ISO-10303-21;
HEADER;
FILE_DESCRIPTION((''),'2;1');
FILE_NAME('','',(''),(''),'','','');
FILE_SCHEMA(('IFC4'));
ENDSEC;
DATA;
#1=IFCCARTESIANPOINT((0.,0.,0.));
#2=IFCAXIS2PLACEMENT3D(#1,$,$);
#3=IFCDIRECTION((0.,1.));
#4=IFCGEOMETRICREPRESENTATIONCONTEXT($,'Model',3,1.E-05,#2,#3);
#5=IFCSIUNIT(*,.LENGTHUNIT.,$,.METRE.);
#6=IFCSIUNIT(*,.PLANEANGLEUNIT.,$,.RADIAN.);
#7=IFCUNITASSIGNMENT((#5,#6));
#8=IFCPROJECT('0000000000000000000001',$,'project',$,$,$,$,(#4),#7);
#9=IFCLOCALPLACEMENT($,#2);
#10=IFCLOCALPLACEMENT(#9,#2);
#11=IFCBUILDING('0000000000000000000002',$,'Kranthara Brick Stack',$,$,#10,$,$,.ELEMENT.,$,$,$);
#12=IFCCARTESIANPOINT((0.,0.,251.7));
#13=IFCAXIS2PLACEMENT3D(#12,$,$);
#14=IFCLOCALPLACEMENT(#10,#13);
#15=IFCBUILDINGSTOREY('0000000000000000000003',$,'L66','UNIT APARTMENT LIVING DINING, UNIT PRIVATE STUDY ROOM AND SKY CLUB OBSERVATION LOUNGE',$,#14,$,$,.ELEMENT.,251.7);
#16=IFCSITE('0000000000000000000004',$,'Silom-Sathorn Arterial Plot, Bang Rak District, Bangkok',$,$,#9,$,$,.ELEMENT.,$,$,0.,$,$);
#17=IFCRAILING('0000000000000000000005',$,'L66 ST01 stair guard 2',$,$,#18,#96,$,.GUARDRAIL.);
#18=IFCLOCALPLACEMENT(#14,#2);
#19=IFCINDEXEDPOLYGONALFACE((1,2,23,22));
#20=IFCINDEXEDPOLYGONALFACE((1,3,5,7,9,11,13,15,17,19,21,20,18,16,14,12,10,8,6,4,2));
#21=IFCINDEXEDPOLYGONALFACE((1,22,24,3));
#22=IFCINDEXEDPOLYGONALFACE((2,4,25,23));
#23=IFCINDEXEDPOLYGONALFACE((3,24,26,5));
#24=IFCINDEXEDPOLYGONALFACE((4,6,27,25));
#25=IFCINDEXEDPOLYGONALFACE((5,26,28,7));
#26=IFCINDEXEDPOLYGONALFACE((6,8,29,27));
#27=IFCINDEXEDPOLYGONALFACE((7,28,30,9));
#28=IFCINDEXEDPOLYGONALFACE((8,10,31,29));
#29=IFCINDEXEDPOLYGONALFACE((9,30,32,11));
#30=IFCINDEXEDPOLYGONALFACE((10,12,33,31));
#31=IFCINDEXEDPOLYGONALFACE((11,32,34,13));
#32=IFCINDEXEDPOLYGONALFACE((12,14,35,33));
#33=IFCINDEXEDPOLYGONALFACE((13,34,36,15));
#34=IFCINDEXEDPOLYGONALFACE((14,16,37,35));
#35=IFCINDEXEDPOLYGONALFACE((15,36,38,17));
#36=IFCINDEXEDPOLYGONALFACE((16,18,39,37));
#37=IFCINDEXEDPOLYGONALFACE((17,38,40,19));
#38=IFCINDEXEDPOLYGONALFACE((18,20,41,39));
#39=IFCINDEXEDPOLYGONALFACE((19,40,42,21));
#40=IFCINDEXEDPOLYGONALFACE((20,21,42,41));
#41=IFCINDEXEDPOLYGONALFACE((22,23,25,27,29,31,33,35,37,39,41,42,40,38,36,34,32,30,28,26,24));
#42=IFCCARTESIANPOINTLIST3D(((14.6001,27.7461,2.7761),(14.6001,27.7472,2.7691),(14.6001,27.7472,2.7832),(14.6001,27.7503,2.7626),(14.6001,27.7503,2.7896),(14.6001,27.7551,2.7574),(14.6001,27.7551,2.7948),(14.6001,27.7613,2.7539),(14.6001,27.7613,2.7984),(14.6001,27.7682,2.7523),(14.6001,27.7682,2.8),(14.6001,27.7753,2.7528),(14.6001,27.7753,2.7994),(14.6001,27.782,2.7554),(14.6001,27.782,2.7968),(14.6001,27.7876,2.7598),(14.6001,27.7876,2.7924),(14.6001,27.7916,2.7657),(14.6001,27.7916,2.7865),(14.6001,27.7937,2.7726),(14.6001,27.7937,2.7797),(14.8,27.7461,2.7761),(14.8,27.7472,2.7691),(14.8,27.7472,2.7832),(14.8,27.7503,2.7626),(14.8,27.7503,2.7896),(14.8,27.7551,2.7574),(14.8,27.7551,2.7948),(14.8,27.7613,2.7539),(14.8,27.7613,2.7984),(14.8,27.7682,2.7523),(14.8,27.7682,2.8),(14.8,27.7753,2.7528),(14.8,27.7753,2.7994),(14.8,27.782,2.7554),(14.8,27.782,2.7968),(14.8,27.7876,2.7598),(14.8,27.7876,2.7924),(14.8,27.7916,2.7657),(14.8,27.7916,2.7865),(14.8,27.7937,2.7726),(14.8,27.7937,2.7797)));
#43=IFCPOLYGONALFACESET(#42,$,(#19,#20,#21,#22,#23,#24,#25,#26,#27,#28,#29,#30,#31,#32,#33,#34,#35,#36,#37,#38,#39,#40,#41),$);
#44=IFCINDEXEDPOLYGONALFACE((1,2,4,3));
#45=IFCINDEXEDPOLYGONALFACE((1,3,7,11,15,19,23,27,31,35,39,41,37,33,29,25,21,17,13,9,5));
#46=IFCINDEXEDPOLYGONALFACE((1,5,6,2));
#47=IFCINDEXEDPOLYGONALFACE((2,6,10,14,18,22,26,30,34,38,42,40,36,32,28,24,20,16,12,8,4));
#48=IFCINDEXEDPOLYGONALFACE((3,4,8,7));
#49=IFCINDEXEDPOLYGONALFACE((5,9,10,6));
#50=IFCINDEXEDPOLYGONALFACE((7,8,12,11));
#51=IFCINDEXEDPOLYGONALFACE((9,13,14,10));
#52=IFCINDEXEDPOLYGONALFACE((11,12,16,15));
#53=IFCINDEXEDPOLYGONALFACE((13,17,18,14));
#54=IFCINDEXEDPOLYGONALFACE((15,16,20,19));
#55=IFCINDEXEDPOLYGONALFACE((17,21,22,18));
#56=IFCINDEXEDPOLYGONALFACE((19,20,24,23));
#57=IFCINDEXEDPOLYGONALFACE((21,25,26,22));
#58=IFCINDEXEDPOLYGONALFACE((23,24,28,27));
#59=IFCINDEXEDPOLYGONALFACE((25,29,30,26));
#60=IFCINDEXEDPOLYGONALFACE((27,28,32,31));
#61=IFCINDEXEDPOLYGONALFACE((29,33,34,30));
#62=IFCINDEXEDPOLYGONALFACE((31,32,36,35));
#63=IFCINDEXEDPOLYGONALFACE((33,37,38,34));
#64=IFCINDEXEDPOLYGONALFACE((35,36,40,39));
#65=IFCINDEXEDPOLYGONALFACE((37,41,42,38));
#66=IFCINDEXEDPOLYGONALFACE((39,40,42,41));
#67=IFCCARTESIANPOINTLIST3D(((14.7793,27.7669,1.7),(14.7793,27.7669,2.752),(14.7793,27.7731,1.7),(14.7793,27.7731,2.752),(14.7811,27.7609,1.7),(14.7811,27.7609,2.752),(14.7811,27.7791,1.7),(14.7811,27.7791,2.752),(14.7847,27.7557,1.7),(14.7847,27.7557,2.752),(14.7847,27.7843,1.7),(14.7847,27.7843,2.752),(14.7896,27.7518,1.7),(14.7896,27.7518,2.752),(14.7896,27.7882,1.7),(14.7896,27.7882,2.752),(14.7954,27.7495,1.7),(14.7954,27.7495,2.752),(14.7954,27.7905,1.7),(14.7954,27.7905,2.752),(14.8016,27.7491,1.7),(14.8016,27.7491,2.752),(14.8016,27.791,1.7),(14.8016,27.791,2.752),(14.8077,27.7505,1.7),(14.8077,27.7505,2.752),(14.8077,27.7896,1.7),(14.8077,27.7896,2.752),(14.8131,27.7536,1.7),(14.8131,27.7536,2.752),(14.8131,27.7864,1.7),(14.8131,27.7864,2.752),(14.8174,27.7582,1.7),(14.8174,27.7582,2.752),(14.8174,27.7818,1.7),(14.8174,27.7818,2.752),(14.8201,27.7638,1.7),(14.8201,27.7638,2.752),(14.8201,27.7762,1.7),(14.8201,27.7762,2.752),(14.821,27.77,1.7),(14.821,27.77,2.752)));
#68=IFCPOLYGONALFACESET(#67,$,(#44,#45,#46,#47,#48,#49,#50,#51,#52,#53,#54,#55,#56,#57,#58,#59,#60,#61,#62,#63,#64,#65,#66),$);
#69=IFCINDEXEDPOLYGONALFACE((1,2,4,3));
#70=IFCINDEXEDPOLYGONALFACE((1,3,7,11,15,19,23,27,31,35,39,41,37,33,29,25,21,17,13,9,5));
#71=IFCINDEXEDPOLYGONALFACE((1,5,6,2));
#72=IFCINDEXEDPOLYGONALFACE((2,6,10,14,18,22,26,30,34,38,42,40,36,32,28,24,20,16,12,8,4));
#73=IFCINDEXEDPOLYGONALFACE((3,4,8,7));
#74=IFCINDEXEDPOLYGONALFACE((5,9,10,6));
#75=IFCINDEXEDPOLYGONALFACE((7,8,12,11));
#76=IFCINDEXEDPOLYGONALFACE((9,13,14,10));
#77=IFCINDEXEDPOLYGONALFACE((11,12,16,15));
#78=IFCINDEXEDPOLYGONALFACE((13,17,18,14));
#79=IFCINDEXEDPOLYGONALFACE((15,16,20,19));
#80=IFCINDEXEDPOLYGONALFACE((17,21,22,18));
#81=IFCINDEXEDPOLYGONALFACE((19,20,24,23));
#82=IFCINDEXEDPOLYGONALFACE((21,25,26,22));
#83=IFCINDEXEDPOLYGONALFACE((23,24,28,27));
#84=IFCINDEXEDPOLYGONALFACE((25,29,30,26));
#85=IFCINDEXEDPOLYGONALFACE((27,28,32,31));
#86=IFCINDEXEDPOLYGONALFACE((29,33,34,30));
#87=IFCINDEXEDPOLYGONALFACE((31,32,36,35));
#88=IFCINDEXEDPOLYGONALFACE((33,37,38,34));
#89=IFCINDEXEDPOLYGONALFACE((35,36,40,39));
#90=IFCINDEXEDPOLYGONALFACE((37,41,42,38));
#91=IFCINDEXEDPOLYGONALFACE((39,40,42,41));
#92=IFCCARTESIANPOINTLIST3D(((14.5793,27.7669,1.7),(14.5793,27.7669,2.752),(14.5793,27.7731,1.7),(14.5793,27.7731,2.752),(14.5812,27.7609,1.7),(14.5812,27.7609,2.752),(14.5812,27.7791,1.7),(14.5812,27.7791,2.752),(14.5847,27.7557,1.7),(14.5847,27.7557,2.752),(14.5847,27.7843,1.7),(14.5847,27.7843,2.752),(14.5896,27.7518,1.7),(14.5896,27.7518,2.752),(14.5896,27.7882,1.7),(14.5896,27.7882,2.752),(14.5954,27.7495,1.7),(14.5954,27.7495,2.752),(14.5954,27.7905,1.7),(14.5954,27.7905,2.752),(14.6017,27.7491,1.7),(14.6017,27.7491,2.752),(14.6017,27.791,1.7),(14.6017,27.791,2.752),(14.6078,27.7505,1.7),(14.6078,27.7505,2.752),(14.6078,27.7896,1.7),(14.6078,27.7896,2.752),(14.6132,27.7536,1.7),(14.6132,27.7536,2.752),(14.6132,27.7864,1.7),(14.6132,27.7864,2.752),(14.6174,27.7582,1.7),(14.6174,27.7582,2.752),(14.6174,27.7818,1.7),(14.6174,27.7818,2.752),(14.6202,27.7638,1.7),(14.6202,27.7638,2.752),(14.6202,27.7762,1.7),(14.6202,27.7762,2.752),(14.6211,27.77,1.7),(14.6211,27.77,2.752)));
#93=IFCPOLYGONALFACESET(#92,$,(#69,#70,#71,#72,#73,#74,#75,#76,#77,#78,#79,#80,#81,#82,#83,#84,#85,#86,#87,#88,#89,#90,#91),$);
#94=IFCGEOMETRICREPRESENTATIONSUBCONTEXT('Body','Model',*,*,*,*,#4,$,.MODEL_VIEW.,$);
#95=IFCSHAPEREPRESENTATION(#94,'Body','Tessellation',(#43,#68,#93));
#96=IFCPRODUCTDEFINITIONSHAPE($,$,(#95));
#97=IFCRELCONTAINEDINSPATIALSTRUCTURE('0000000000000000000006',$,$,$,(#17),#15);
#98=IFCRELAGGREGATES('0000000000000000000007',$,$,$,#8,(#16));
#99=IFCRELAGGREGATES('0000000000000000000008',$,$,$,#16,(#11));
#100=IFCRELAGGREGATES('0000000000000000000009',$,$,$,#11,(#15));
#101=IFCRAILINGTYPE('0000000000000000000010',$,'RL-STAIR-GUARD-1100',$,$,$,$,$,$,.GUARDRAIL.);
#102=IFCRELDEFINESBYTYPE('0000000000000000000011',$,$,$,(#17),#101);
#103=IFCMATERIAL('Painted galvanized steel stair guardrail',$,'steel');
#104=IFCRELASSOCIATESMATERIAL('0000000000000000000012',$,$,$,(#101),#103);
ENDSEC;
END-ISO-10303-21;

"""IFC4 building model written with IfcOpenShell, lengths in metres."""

from ifc_helpers import new_model, si_unit, direction, frame, origin, origin_2d, place, context, subcontext, project, spatial, circle, extrude, material, type_object, element, save


model = new_model("IFC4")

# Units and contexts
model_context = context("Model", 3, precision=1e-05, world=origin(), true_north=direction((0.0, 1.0)))
body_context = subcontext(model_context, "Body", "Model", "MODEL_VIEW")
ifc_project = project(units=[si_unit("LENGTHUNIT", "METRE"), si_unit("PLANEANGLEUNIT", "RADIAN")], contexts=[model_context])

# Site, building, storey
site_placement = place(None, origin())
site = spatial("IfcSite", under=ifc_project, at=site_placement, Name="Silom-Sathorn Arterial Plot, Bang Rak District, Bangkok", CompositionType="ELEMENT", RefElevation=0.0)
building_placement = place(site_placement, origin())
building = spatial("IfcBuilding", under=site, at=building_placement, Name="Kranthara Brick Stack", CompositionType="ELEMENT")
storey_placement = place(building_placement, frame((0.0, 0.0, 251.7)))
storey = spatial("IfcBuildingStorey", under=building, at=storey_placement, Name="L66", Description="UNIT APARTMENT LIVING DINING, UNIT PRIVATE STUDY ROOM AND SKY CLUB OBSERVATION LOUNGE", CompositionType="ELEMENT", Elevation=251.7)

# Railing
ifc_material_1 = material(Name="Painted galvanized steel stair guardrail", Category="steel")
railing_type_1 = type_object("IfcRailingType", Name="RL-STAIR-GUARD-1100", PredefinedType="GUARDRAIL", material=ifc_material_1)
railing_1_placement = place(storey_placement, frame((14.8, 27.77, 1.7)))
element("IfcRailing", 1, at=railing_1_placement, inside=storey, type_object=railing_type_1, Name="L66 ST01 stair guard 2", PredefinedType="GUARDRAIL", context=body_context, shape_type="SweptSolid", body=[
    extrude(circle(Radius=0.0239, at=origin_2d()), frame((0.0, 0.0, 1.0762), z_axis=(-1.0, 0.0, 0.0), x_axis=(0.0, -1.0, 0.0)), (0.0, 0.0, 1.0), 0.2),
    extrude(circle(Radius=0.021, at=origin_2d()), origin(), (0.0, 0.0, 1.0), 1.052),
    extrude(circle(Radius=0.021, at=origin_2d()), frame((-0.2, 0.0, 0.0)), (0.0, 0.0, 1.0), 1.052),
])

save(model, "model.ifc")
